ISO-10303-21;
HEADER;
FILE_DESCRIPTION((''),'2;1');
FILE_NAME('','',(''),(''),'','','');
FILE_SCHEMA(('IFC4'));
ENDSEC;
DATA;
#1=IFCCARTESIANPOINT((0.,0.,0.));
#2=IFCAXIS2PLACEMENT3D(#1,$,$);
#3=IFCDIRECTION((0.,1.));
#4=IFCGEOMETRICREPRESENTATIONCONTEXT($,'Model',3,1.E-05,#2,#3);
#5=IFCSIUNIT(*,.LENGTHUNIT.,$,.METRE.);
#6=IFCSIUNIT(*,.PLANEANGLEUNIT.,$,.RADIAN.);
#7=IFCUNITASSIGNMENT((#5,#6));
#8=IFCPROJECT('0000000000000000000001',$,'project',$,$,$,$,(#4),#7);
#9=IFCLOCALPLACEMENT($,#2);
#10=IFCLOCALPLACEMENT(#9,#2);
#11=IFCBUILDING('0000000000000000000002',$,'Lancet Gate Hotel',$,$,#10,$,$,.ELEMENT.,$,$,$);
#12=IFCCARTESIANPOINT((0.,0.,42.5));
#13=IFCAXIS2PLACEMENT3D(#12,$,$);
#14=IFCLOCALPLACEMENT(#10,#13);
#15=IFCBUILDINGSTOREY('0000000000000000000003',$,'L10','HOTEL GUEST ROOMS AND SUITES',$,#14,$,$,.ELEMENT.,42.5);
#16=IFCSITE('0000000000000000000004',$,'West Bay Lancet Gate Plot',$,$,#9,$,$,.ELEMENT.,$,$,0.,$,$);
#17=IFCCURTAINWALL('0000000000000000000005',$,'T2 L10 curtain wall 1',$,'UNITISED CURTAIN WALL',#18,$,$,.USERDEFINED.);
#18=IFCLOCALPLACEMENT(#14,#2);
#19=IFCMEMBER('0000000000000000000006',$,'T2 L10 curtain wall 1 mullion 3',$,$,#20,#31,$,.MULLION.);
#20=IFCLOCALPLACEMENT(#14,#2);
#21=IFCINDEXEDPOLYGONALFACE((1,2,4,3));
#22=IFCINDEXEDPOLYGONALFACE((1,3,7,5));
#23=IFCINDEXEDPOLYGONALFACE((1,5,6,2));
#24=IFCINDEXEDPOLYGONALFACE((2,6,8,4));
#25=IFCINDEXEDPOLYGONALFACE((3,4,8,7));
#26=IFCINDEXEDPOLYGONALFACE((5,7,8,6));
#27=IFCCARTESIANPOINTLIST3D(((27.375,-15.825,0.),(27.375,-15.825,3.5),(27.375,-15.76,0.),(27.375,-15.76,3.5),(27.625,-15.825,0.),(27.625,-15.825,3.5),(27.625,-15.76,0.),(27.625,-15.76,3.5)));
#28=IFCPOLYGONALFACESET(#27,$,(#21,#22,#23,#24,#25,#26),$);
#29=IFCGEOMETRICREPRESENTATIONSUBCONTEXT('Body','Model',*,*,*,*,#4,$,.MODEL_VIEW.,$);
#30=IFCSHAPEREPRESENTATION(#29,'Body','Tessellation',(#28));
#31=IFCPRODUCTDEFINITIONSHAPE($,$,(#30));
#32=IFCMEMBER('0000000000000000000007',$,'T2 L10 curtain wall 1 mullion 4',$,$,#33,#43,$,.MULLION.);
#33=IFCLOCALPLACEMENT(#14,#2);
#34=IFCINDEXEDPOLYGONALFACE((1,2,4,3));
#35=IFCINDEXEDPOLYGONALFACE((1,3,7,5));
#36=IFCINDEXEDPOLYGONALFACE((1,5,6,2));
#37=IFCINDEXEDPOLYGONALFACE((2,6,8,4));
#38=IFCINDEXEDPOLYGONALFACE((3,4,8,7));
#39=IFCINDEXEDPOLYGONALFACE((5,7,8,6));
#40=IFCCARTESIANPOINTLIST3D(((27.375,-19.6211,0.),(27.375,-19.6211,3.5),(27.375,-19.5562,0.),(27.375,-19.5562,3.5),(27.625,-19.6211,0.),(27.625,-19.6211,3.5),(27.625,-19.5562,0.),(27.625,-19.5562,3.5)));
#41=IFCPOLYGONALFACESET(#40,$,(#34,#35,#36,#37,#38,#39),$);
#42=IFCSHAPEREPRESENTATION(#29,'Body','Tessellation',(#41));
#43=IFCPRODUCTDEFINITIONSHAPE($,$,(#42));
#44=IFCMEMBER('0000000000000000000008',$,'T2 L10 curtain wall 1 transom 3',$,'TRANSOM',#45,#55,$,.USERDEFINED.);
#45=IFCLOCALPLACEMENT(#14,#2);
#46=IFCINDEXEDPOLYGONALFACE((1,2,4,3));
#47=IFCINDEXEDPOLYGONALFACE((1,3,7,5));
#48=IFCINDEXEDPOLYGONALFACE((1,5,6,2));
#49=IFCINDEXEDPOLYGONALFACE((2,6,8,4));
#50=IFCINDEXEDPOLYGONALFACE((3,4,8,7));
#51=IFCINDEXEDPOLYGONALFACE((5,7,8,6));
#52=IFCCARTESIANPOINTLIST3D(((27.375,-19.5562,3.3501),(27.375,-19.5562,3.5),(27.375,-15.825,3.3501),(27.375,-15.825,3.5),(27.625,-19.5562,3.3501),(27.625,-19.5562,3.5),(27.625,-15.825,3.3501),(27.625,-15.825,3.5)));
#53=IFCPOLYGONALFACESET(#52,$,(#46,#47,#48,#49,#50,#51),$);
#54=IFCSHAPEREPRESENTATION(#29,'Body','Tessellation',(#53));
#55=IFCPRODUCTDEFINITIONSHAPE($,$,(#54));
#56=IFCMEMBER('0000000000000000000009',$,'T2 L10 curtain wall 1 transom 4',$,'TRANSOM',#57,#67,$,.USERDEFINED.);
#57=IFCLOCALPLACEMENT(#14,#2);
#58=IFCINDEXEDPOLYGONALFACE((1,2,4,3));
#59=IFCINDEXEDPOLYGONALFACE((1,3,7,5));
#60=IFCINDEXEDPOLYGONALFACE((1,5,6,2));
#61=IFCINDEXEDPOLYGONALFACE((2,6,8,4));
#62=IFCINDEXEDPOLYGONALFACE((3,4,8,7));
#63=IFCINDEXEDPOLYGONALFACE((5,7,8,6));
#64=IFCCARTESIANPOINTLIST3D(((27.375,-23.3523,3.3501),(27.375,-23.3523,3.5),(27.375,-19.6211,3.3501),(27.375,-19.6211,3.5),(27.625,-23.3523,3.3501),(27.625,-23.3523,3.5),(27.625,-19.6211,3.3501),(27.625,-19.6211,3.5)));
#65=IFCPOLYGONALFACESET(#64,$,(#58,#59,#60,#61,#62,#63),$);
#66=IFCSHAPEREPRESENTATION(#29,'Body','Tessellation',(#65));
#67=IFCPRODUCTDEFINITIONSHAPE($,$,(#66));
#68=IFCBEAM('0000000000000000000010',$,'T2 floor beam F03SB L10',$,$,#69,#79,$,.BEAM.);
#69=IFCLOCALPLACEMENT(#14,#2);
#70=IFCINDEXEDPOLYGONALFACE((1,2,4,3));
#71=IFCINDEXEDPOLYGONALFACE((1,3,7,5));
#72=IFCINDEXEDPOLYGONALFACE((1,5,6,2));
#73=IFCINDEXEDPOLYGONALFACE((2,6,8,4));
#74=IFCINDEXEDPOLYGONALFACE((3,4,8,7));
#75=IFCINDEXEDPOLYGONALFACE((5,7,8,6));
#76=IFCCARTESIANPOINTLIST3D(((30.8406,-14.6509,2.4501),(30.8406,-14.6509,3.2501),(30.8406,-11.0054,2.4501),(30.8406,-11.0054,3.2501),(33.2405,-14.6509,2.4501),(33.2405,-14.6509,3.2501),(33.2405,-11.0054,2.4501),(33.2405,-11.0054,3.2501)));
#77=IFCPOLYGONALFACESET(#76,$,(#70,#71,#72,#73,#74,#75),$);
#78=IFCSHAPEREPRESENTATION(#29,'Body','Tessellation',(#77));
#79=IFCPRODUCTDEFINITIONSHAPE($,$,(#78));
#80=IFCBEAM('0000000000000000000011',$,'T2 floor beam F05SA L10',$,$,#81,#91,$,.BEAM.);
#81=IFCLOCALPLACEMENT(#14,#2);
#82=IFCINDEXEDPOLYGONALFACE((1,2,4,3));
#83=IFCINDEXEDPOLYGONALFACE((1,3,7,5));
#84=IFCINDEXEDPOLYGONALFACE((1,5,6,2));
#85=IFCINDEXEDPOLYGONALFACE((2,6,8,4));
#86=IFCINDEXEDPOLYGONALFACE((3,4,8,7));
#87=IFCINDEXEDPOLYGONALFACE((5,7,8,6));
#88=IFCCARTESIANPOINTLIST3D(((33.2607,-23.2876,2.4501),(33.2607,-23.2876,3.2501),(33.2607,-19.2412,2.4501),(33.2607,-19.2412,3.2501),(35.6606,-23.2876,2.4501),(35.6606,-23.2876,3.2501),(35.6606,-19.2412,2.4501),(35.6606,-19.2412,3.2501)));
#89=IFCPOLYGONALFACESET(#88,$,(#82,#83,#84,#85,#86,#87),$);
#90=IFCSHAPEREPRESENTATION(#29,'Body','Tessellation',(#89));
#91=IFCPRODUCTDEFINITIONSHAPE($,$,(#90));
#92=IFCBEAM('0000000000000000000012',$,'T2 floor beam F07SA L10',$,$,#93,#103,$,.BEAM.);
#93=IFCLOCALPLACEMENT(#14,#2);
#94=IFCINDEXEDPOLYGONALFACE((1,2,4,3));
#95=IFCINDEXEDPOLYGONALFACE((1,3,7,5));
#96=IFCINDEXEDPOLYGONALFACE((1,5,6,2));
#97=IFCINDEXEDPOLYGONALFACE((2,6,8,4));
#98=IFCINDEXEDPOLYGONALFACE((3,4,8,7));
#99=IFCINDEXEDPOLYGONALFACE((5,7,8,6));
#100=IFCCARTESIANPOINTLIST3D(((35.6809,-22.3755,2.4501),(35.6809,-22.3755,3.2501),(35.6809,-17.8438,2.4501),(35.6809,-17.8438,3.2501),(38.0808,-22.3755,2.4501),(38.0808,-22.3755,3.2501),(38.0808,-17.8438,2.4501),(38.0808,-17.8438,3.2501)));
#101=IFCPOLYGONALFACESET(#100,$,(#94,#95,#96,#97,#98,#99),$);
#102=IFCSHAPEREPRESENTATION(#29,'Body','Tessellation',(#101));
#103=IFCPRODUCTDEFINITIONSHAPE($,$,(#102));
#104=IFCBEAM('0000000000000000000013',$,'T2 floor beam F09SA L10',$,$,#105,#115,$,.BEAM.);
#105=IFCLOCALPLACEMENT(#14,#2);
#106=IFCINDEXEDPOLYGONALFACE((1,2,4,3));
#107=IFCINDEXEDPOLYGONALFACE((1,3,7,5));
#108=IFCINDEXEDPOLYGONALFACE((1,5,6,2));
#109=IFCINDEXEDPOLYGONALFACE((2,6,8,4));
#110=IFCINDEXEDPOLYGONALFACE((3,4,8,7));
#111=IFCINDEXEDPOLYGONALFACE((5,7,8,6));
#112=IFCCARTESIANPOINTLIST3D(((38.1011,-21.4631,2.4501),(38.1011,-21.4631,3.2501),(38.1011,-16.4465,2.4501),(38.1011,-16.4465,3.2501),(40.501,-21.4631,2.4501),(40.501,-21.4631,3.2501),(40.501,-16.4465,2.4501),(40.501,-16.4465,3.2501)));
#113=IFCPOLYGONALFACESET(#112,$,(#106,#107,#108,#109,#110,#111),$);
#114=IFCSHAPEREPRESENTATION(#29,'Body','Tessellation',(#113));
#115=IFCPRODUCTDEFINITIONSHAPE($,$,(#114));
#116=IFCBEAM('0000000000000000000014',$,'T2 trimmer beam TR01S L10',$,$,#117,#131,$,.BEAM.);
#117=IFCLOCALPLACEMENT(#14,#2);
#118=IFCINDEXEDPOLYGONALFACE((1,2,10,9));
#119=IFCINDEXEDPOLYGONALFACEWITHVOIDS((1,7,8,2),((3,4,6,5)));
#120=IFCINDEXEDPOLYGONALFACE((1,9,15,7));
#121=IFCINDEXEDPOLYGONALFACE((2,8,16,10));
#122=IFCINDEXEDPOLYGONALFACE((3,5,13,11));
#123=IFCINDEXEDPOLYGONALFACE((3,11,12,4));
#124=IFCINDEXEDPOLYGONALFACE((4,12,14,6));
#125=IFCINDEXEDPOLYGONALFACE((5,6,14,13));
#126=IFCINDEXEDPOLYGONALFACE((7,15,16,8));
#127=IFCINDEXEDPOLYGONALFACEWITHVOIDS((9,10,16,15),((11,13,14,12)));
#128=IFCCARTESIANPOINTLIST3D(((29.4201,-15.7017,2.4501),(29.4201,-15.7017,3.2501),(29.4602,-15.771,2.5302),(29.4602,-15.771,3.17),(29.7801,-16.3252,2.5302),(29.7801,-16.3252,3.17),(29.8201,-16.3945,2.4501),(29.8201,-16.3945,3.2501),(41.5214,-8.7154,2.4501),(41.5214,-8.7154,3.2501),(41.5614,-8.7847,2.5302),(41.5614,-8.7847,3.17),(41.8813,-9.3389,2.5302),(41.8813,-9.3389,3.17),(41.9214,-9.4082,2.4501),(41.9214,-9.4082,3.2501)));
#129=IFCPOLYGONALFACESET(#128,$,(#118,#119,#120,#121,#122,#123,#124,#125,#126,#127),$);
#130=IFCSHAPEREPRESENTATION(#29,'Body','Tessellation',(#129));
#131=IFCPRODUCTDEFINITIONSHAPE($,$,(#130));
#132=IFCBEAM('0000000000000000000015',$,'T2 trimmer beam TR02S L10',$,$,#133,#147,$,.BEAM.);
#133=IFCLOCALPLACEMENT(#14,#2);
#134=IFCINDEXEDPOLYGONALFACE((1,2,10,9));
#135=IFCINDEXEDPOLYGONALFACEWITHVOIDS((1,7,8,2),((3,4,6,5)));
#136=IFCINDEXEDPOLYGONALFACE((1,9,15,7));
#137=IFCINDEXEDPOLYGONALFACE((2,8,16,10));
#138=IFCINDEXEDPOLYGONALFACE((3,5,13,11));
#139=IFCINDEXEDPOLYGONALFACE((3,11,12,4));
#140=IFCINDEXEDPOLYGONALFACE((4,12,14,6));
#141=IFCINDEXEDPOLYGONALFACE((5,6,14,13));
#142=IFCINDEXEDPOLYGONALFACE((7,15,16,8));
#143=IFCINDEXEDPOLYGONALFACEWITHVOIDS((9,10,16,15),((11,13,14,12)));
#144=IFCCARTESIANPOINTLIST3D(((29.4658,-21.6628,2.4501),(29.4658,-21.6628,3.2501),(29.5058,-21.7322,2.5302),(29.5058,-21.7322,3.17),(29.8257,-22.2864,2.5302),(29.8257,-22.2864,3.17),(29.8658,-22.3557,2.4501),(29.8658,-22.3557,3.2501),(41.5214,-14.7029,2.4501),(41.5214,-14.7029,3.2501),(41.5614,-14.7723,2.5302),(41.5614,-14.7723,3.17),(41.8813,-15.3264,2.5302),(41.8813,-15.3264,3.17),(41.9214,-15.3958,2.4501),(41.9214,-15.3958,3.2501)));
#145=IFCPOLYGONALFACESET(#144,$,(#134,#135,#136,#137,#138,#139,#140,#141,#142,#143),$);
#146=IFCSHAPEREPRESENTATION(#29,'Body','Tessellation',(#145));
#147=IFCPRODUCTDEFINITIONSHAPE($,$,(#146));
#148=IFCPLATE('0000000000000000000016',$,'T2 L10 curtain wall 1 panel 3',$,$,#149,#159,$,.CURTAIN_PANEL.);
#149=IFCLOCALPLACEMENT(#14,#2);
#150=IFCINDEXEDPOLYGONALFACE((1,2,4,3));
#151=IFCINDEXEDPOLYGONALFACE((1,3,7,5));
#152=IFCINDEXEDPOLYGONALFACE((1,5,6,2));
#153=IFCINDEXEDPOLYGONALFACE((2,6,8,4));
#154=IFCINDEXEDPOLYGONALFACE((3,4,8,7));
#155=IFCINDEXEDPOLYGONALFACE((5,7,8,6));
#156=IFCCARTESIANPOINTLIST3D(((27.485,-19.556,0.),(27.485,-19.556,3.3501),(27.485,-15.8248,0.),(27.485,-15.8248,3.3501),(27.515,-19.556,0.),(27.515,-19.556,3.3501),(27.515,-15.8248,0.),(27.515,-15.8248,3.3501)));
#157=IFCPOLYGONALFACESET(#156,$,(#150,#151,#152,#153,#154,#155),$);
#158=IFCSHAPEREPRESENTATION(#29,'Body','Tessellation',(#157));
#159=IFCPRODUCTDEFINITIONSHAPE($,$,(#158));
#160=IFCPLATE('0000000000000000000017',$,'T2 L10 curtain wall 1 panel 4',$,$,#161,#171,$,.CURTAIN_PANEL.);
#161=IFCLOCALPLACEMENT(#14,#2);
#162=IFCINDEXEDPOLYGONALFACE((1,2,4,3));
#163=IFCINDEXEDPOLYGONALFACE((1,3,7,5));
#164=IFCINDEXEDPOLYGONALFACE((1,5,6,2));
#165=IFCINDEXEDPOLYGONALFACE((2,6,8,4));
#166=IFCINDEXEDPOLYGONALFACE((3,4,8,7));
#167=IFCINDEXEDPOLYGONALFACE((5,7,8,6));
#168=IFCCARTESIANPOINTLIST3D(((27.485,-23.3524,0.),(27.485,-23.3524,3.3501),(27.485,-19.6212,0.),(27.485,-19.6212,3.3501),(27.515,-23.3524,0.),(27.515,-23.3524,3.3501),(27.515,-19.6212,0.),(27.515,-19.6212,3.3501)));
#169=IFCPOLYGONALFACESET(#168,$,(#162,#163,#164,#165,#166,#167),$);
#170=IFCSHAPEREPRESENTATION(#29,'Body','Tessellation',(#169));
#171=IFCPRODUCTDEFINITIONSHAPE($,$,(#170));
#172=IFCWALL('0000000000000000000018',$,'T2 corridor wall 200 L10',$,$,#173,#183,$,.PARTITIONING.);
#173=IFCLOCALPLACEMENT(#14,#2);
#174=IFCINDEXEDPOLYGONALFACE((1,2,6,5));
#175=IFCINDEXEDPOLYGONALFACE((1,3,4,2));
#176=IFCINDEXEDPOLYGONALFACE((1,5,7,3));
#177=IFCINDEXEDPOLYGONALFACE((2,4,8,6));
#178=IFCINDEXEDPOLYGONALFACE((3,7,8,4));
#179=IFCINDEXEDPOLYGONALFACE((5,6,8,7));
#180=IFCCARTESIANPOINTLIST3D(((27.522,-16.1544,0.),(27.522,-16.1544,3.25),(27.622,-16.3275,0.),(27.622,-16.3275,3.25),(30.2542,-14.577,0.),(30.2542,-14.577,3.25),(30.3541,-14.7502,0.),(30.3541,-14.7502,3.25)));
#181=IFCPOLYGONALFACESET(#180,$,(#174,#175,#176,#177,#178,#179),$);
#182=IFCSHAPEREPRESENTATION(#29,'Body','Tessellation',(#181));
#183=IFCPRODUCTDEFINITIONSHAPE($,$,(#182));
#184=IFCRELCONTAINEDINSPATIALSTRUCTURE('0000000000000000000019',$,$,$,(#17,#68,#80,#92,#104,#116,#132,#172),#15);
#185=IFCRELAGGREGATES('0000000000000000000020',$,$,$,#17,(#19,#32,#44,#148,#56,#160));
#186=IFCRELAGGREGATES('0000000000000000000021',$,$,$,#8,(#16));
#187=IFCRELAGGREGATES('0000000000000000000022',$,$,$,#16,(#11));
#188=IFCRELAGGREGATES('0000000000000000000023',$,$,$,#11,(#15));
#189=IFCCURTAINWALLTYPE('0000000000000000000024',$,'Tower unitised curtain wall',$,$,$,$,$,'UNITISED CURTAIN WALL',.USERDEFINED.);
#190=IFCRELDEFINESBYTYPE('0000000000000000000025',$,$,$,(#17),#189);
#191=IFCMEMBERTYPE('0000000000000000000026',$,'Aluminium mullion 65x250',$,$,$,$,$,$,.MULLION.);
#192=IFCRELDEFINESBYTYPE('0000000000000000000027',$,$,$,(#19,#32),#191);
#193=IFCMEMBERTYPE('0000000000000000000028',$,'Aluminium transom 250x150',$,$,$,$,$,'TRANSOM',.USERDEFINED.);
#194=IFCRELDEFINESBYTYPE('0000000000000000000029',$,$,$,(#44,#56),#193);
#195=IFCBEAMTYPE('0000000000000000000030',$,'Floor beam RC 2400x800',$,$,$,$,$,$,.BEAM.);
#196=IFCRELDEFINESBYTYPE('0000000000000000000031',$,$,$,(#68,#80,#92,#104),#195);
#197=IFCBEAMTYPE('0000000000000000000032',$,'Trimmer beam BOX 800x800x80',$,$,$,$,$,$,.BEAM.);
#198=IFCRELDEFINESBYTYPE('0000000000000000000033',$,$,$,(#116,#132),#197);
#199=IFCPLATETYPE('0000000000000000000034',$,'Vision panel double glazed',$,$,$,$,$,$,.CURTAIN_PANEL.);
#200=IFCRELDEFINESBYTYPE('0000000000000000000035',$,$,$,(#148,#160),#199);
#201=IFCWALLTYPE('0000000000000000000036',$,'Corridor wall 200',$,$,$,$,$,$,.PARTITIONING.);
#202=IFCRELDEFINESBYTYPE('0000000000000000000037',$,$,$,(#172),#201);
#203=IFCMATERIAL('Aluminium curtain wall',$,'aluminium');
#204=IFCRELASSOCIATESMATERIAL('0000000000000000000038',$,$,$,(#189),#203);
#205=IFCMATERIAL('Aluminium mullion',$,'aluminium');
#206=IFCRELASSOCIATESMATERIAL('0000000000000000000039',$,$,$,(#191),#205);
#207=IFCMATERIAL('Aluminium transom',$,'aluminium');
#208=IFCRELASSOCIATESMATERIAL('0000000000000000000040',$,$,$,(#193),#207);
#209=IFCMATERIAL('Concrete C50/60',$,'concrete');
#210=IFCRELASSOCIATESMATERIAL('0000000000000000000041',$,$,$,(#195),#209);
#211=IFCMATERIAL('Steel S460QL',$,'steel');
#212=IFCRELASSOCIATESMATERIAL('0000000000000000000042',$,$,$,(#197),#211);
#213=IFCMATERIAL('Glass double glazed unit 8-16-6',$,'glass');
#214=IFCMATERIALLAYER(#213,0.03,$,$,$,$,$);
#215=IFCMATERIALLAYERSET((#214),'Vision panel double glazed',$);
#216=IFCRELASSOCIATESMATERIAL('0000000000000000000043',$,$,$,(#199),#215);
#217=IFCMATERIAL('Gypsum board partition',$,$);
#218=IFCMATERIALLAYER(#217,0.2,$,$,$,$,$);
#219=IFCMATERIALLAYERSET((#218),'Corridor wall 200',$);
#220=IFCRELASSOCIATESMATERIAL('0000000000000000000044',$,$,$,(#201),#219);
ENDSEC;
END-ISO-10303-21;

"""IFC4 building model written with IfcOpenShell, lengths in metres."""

from ifc_helpers import new_model, si_unit, direction, frame, frame_2d, origin, origin_2d, place, context, subcontext, project, spatial, rectangle, hollow_rectangle, extrude, material, layer, layer_set, material_profile, profile_set, type_object, element, aggregate, save


model = new_model("IFC4")

# Units and contexts
model_context = context("Model", 3, precision=1e-05, world=origin(), true_north=direction((0.0, 1.0)))
body_context = subcontext(model_context, "Body", "Model", "MODEL_VIEW")
ifc_project = project(units=[si_unit("LENGTHUNIT", "METRE"), si_unit("PLANEANGLEUNIT", "RADIAN")], contexts=[model_context])

# Site, building, storey
site_placement = place(None, origin())
site = spatial("IfcSite", under=ifc_project, at=site_placement, Name="West Bay Lancet Gate Plot", CompositionType="ELEMENT", RefElevation=0.0)
building_placement = place(site_placement, origin())
building = spatial("IfcBuilding", under=site, at=building_placement, Name="Lancet Gate Hotel", CompositionType="ELEMENT")
storey_placement = place(building_placement, frame((0.0, 0.0, 42.5)))
storey = spatial("IfcBuildingStorey", under=building, at=storey_placement, Name="L10", Description="HOTEL GUEST ROOMS AND SUITES", CompositionType="ELEMENT", Elevation=42.5)

# Curtain wall, members
ifc_material_1 = material(Name="Aluminium curtain wall", Category="aluminium")
curtain_wall_type = type_object("IfcCurtainWallType", Name="Tower unitised curtain wall", ElementType="UNITISED CURTAIN WALL", PredefinedType="USERDEFINED", material=ifc_material_1)
curtain_wall_placement = place(storey_placement, origin())
curtain_wall = element("IfcCurtainWall", 1, at=curtain_wall_placement, inside=storey, type_object=curtain_wall_type, Name="T2 L10 curtain wall 1", ObjectType="UNITISED CURTAIN WALL", PredefinedType="USERDEFINED")
ifc_material_2 = material(Name="Aluminium mullion", Category="aluminium")
ifc_material_profile_1 = material_profile(ifc_material_2, rectangle(XDim=0.0649, YDim=0.25, at=origin_2d()), Name="MULLION 65x250")
ifc_profile_set_1 = profile_set([ifc_material_profile_1], Name="Aluminium mullion")
member_type_1 = type_object("IfcMemberType", Name="Aluminium mullion 65x250", PredefinedType="MULLION", material=ifc_profile_set_1)
member_1_placement = place(storey_placement, frame((27.5, -15.7925, 0.0), z_axis=(0.0, 0.0, 1.0), x_axis=(0.0, -1.0, 0.0)))
member_1 = element("IfcMember", 2, at=member_1_placement, type_object=member_type_1, Name="T2 L10 curtain wall 1 mullion 3", PredefinedType="MULLION", context=body_context, shape_type="SweptSolid", body=[
    extrude(rectangle(XDim=0.0649, YDim=0.25, at=origin_2d()), origin(), (0.0, 0.0, 1.0), 3.5),
])
member_2_placement = place(storey_placement, frame((27.5, -19.5886, 0.0), z_axis=(0.0, 0.0, 1.0), x_axis=(0.0, -1.0, 0.0)))
member_2 = element("IfcMember", 3, at=member_2_placement, type_object=member_type_1, Name="T2 L10 curtain wall 1 mullion 4", PredefinedType="MULLION", context=body_context, shape_type="SweptSolid", body=[
    extrude(rectangle(XDim=0.0649, YDim=0.25, at=origin_2d()), origin(), (0.0, 0.0, 1.0), 3.5),
])
ifc_material_3 = material(Name="Aluminium transom", Category="aluminium")
ifc_material_profile_2 = material_profile(ifc_material_3, rectangle(XDim=0.25, YDim=0.1499, at=origin_2d()), Name="TRANSOM 250x150")
ifc_profile_set_2 = profile_set([ifc_material_profile_2], Name="Aluminium transom")
member_type_2 = type_object("IfcMemberType", Name="Aluminium transom 250x150", ElementType="TRANSOM", PredefinedType="USERDEFINED", material=ifc_profile_set_2)
member_3_placement = place(storey_placement, frame((27.5, -15.825, 3.425), z_axis=(0.0, -1.0, 0.0), x_axis=(1.0, 0.0, 0.0)))
member_3 = element("IfcMember", 4, at=member_3_placement, type_object=member_type_2, Name="T2 L10 curtain wall 1 transom 3", ObjectType="TRANSOM", PredefinedType="USERDEFINED", context=body_context, shape_type="SweptSolid", body=[
    extrude(rectangle(XDim=0.25, YDim=0.1499, at=origin_2d()), origin(), (0.0, 0.0, 1.0), 3.7312),
])
member_4_placement = place(storey_placement, frame((27.5, -19.6211, 3.425), z_axis=(0.0, -1.0, 0.0), x_axis=(1.0, 0.0, 0.0)))
member_4 = element("IfcMember", 5, at=member_4_placement, type_object=member_type_2, Name="T2 L10 curtain wall 1 transom 4", ObjectType="TRANSOM", PredefinedType="USERDEFINED", context=body_context, shape_type="SweptSolid", body=[
    extrude(rectangle(XDim=0.25, YDim=0.1499, at=origin_2d()), origin(), (0.0, 0.0, 1.0), 3.7312),
])

# Beams
ifc_material_4 = material(Name="Concrete C50/60", Category="concrete")
ifc_material_profile_3 = material_profile(ifc_material_4, rectangle(XDim=2.3999, YDim=0.8, at=origin_2d()), Name="RC 2400x800")
ifc_profile_set_3 = profile_set([ifc_material_profile_3], Name="Concrete C50/60")
beam_type_1 = type_object("IfcBeamType", Name="Floor beam RC 2400x800", PredefinedType="BEAM", material=ifc_profile_set_3)
beam_1_placement = place(storey_placement, frame((32.0405, -14.6509, 2.8501), z_axis=(0.0, 1.0, 0.0), x_axis=(-1.0, 0.0, 0.0)))
element("IfcBeam", 6, at=beam_1_placement, inside=storey, type_object=beam_type_1, Name="T2 floor beam F03SB L10", PredefinedType="BEAM", context=body_context, shape_type="SweptSolid", body=[
    extrude(rectangle(XDim=2.3999, YDim=0.8, at=origin_2d()), origin(), (0.0, 0.0, 1.0), 3.6455),
])
beam_2_placement = place(storey_placement, frame((34.4607, -23.2876, 2.8501), z_axis=(0.0, 1.0, 0.0), x_axis=(-1.0, 0.0, 0.0)))
element("IfcBeam", 7, at=beam_2_placement, inside=storey, type_object=beam_type_1, Name="T2 floor beam F05SA L10", PredefinedType="BEAM", context=body_context, shape_type="SweptSolid", body=[
    extrude(rectangle(XDim=2.3999, YDim=0.8, at=origin_2d()), origin(), (0.0, 0.0, 1.0), 4.0464),
])
beam_3_placement = place(storey_placement, frame((36.8809, -22.3755, 2.8501), z_axis=(0.0, 1.0, 0.0), x_axis=(-1.0, 0.0, 0.0)))
element("IfcBeam", 8, at=beam_3_placement, inside=storey, type_object=beam_type_1, Name="T2 floor beam F07SA L10", PredefinedType="BEAM", context=body_context, shape_type="SweptSolid", body=[
    extrude(rectangle(XDim=2.3999, YDim=0.8, at=origin_2d()), origin(), (0.0, 0.0, 1.0), 4.5317),
])
beam_4_placement = place(storey_placement, frame((39.301, -21.4631, 2.8501), z_axis=(0.0, 1.0, 0.0), x_axis=(-1.0, 0.0, 0.0)))
element("IfcBeam", 9, at=beam_4_placement, inside=storey, type_object=beam_type_1, Name="T2 floor beam F09SA L10", PredefinedType="BEAM", context=body_context, shape_type="SweptSolid", body=[
    extrude(rectangle(XDim=2.3999, YDim=0.8, at=origin_2d()), origin(), (0.0, 0.0, 1.0), 5.0166),
])
ifc_material_5 = material(Name="Steel S460QL", Category="steel")
ifc_material_profile_4 = material_profile(ifc_material_5, hollow_rectangle(XDim=0.8, YDim=0.8, WallThickness=0.0801, at=origin_2d()), Name="BOX 800x800x80")
ifc_profile_set_4 = profile_set([ifc_material_profile_4], Name="Steel S460QL")
beam_type_2 = type_object("IfcBeamType", Name="Trimmer beam BOX 800x800x80", PredefinedType="BEAM", material=ifc_profile_set_4)
beam_5_placement = place(storey_placement, frame((29.6201, -16.0481, 2.8501), z_axis=(0.866037, 0.49998, 0.0), x_axis=(-0.49998, 0.866037, 0.0)))
element("IfcBeam", 10, at=beam_5_placement, inside=storey, type_object=beam_type_2, Name="T2 trimmer beam TR01S L10", PredefinedType="BEAM", context=body_context, shape_type="SweptSolid", body=[
    extrude(hollow_rectangle(XDim=0.8, YDim=0.8, WallThickness=0.0801, at=origin_2d()), origin(), (0.0, 0.0, 1.0), 13.9731),
])
beam_6_placement = place(storey_placement, frame((29.6658, -22.0093, 2.8501), z_axis=(0.866037, 0.49998, 0.0), x_axis=(-0.49998, 0.866037, 0.0)))
element("IfcBeam", 11, at=beam_6_placement, inside=storey, type_object=beam_type_2, Name="T2 trimmer beam TR02S L10", PredefinedType="BEAM", context=body_context, shape_type="SweptSolid", body=[
    extrude(hollow_rectangle(XDim=0.8, YDim=0.8, WallThickness=0.0801, at=origin_2d()), origin(), (0.0, 0.0, 1.0), 13.9204),
])

# Plates
ifc_material_6 = material(Name="Glass double glazed unit 8-16-6", Category="glass")
ifc_layer_1 = layer(ifc_material_6, 0.03)
ifc_layer_set_1 = layer_set([ifc_layer_1], Name="Vision panel double glazed")
plate_type = type_object("IfcPlateType", Name="Vision panel double glazed", PredefinedType="CURTAIN_PANEL", material=ifc_layer_set_1)
plate_1_placement = place(storey_placement, frame((27.5, -17.6904, 0.0), z_axis=(0.0, 0.0, 1.0), x_axis=(0.0, -1.0, 0.0)))
plate_1 = element("IfcPlate", 12, at=plate_1_placement, type_object=plate_type, Name="T2 L10 curtain wall 1 panel 3", PredefinedType="CURTAIN_PANEL", context=body_context, shape_type="SweptSolid", body=[
    extrude(rectangle(XDim=3.7312, YDim=0.03, at=origin_2d()), origin(), (0.0, 0.0, 1.0), 3.3501),
])
plate_2_placement = place(storey_placement, frame((27.5, -21.4868, 0.0), z_axis=(0.0, 0.0, 1.0), x_axis=(0.0, -1.0, 0.0)))
plate_2 = element("IfcPlate", 13, at=plate_2_placement, type_object=plate_type, Name="T2 L10 curtain wall 1 panel 4", PredefinedType="CURTAIN_PANEL", context=body_context, shape_type="SweptSolid", body=[
    extrude(rectangle(XDim=3.7312, YDim=0.03, at=origin_2d()), origin(), (0.0, 0.0, 1.0), 3.3501),
])
aggregate(curtain_wall, [member_1, member_2, member_3, plate_1, member_4, plate_2])

# Wall
ifc_material_7 = material(Name="Gypsum board partition")
ifc_layer_2 = layer(ifc_material_7, 0.2)
ifc_layer_set_2 = layer_set([ifc_layer_2], Name="Corridor wall 200")
wall_type_1 = type_object("IfcWallType", Name="Corridor wall 200", PredefinedType="PARTITIONING", material=ifc_layer_set_2)
wall_1_placement = place(storey_placement, frame((27.572, -16.241, 0.0), z_axis=(0.0, 0.0, 1.0), x_axis=(0.86603, 0.499993, 0.0)))
element("IfcWall", 14, at=wall_1_placement, inside=storey, type_object=wall_type_1, Name="T2 corridor wall 200 L10", PredefinedType="PARTITIONING", context=body_context, shape_type="SweptSolid", body=[
    extrude(rectangle(XDim=3.1548, YDim=0.2, at=frame_2d((1.5774, 0.0))), origin(), (0.0, 0.0, 1.0), 3.25),
])

save(model, "model.ifc")
